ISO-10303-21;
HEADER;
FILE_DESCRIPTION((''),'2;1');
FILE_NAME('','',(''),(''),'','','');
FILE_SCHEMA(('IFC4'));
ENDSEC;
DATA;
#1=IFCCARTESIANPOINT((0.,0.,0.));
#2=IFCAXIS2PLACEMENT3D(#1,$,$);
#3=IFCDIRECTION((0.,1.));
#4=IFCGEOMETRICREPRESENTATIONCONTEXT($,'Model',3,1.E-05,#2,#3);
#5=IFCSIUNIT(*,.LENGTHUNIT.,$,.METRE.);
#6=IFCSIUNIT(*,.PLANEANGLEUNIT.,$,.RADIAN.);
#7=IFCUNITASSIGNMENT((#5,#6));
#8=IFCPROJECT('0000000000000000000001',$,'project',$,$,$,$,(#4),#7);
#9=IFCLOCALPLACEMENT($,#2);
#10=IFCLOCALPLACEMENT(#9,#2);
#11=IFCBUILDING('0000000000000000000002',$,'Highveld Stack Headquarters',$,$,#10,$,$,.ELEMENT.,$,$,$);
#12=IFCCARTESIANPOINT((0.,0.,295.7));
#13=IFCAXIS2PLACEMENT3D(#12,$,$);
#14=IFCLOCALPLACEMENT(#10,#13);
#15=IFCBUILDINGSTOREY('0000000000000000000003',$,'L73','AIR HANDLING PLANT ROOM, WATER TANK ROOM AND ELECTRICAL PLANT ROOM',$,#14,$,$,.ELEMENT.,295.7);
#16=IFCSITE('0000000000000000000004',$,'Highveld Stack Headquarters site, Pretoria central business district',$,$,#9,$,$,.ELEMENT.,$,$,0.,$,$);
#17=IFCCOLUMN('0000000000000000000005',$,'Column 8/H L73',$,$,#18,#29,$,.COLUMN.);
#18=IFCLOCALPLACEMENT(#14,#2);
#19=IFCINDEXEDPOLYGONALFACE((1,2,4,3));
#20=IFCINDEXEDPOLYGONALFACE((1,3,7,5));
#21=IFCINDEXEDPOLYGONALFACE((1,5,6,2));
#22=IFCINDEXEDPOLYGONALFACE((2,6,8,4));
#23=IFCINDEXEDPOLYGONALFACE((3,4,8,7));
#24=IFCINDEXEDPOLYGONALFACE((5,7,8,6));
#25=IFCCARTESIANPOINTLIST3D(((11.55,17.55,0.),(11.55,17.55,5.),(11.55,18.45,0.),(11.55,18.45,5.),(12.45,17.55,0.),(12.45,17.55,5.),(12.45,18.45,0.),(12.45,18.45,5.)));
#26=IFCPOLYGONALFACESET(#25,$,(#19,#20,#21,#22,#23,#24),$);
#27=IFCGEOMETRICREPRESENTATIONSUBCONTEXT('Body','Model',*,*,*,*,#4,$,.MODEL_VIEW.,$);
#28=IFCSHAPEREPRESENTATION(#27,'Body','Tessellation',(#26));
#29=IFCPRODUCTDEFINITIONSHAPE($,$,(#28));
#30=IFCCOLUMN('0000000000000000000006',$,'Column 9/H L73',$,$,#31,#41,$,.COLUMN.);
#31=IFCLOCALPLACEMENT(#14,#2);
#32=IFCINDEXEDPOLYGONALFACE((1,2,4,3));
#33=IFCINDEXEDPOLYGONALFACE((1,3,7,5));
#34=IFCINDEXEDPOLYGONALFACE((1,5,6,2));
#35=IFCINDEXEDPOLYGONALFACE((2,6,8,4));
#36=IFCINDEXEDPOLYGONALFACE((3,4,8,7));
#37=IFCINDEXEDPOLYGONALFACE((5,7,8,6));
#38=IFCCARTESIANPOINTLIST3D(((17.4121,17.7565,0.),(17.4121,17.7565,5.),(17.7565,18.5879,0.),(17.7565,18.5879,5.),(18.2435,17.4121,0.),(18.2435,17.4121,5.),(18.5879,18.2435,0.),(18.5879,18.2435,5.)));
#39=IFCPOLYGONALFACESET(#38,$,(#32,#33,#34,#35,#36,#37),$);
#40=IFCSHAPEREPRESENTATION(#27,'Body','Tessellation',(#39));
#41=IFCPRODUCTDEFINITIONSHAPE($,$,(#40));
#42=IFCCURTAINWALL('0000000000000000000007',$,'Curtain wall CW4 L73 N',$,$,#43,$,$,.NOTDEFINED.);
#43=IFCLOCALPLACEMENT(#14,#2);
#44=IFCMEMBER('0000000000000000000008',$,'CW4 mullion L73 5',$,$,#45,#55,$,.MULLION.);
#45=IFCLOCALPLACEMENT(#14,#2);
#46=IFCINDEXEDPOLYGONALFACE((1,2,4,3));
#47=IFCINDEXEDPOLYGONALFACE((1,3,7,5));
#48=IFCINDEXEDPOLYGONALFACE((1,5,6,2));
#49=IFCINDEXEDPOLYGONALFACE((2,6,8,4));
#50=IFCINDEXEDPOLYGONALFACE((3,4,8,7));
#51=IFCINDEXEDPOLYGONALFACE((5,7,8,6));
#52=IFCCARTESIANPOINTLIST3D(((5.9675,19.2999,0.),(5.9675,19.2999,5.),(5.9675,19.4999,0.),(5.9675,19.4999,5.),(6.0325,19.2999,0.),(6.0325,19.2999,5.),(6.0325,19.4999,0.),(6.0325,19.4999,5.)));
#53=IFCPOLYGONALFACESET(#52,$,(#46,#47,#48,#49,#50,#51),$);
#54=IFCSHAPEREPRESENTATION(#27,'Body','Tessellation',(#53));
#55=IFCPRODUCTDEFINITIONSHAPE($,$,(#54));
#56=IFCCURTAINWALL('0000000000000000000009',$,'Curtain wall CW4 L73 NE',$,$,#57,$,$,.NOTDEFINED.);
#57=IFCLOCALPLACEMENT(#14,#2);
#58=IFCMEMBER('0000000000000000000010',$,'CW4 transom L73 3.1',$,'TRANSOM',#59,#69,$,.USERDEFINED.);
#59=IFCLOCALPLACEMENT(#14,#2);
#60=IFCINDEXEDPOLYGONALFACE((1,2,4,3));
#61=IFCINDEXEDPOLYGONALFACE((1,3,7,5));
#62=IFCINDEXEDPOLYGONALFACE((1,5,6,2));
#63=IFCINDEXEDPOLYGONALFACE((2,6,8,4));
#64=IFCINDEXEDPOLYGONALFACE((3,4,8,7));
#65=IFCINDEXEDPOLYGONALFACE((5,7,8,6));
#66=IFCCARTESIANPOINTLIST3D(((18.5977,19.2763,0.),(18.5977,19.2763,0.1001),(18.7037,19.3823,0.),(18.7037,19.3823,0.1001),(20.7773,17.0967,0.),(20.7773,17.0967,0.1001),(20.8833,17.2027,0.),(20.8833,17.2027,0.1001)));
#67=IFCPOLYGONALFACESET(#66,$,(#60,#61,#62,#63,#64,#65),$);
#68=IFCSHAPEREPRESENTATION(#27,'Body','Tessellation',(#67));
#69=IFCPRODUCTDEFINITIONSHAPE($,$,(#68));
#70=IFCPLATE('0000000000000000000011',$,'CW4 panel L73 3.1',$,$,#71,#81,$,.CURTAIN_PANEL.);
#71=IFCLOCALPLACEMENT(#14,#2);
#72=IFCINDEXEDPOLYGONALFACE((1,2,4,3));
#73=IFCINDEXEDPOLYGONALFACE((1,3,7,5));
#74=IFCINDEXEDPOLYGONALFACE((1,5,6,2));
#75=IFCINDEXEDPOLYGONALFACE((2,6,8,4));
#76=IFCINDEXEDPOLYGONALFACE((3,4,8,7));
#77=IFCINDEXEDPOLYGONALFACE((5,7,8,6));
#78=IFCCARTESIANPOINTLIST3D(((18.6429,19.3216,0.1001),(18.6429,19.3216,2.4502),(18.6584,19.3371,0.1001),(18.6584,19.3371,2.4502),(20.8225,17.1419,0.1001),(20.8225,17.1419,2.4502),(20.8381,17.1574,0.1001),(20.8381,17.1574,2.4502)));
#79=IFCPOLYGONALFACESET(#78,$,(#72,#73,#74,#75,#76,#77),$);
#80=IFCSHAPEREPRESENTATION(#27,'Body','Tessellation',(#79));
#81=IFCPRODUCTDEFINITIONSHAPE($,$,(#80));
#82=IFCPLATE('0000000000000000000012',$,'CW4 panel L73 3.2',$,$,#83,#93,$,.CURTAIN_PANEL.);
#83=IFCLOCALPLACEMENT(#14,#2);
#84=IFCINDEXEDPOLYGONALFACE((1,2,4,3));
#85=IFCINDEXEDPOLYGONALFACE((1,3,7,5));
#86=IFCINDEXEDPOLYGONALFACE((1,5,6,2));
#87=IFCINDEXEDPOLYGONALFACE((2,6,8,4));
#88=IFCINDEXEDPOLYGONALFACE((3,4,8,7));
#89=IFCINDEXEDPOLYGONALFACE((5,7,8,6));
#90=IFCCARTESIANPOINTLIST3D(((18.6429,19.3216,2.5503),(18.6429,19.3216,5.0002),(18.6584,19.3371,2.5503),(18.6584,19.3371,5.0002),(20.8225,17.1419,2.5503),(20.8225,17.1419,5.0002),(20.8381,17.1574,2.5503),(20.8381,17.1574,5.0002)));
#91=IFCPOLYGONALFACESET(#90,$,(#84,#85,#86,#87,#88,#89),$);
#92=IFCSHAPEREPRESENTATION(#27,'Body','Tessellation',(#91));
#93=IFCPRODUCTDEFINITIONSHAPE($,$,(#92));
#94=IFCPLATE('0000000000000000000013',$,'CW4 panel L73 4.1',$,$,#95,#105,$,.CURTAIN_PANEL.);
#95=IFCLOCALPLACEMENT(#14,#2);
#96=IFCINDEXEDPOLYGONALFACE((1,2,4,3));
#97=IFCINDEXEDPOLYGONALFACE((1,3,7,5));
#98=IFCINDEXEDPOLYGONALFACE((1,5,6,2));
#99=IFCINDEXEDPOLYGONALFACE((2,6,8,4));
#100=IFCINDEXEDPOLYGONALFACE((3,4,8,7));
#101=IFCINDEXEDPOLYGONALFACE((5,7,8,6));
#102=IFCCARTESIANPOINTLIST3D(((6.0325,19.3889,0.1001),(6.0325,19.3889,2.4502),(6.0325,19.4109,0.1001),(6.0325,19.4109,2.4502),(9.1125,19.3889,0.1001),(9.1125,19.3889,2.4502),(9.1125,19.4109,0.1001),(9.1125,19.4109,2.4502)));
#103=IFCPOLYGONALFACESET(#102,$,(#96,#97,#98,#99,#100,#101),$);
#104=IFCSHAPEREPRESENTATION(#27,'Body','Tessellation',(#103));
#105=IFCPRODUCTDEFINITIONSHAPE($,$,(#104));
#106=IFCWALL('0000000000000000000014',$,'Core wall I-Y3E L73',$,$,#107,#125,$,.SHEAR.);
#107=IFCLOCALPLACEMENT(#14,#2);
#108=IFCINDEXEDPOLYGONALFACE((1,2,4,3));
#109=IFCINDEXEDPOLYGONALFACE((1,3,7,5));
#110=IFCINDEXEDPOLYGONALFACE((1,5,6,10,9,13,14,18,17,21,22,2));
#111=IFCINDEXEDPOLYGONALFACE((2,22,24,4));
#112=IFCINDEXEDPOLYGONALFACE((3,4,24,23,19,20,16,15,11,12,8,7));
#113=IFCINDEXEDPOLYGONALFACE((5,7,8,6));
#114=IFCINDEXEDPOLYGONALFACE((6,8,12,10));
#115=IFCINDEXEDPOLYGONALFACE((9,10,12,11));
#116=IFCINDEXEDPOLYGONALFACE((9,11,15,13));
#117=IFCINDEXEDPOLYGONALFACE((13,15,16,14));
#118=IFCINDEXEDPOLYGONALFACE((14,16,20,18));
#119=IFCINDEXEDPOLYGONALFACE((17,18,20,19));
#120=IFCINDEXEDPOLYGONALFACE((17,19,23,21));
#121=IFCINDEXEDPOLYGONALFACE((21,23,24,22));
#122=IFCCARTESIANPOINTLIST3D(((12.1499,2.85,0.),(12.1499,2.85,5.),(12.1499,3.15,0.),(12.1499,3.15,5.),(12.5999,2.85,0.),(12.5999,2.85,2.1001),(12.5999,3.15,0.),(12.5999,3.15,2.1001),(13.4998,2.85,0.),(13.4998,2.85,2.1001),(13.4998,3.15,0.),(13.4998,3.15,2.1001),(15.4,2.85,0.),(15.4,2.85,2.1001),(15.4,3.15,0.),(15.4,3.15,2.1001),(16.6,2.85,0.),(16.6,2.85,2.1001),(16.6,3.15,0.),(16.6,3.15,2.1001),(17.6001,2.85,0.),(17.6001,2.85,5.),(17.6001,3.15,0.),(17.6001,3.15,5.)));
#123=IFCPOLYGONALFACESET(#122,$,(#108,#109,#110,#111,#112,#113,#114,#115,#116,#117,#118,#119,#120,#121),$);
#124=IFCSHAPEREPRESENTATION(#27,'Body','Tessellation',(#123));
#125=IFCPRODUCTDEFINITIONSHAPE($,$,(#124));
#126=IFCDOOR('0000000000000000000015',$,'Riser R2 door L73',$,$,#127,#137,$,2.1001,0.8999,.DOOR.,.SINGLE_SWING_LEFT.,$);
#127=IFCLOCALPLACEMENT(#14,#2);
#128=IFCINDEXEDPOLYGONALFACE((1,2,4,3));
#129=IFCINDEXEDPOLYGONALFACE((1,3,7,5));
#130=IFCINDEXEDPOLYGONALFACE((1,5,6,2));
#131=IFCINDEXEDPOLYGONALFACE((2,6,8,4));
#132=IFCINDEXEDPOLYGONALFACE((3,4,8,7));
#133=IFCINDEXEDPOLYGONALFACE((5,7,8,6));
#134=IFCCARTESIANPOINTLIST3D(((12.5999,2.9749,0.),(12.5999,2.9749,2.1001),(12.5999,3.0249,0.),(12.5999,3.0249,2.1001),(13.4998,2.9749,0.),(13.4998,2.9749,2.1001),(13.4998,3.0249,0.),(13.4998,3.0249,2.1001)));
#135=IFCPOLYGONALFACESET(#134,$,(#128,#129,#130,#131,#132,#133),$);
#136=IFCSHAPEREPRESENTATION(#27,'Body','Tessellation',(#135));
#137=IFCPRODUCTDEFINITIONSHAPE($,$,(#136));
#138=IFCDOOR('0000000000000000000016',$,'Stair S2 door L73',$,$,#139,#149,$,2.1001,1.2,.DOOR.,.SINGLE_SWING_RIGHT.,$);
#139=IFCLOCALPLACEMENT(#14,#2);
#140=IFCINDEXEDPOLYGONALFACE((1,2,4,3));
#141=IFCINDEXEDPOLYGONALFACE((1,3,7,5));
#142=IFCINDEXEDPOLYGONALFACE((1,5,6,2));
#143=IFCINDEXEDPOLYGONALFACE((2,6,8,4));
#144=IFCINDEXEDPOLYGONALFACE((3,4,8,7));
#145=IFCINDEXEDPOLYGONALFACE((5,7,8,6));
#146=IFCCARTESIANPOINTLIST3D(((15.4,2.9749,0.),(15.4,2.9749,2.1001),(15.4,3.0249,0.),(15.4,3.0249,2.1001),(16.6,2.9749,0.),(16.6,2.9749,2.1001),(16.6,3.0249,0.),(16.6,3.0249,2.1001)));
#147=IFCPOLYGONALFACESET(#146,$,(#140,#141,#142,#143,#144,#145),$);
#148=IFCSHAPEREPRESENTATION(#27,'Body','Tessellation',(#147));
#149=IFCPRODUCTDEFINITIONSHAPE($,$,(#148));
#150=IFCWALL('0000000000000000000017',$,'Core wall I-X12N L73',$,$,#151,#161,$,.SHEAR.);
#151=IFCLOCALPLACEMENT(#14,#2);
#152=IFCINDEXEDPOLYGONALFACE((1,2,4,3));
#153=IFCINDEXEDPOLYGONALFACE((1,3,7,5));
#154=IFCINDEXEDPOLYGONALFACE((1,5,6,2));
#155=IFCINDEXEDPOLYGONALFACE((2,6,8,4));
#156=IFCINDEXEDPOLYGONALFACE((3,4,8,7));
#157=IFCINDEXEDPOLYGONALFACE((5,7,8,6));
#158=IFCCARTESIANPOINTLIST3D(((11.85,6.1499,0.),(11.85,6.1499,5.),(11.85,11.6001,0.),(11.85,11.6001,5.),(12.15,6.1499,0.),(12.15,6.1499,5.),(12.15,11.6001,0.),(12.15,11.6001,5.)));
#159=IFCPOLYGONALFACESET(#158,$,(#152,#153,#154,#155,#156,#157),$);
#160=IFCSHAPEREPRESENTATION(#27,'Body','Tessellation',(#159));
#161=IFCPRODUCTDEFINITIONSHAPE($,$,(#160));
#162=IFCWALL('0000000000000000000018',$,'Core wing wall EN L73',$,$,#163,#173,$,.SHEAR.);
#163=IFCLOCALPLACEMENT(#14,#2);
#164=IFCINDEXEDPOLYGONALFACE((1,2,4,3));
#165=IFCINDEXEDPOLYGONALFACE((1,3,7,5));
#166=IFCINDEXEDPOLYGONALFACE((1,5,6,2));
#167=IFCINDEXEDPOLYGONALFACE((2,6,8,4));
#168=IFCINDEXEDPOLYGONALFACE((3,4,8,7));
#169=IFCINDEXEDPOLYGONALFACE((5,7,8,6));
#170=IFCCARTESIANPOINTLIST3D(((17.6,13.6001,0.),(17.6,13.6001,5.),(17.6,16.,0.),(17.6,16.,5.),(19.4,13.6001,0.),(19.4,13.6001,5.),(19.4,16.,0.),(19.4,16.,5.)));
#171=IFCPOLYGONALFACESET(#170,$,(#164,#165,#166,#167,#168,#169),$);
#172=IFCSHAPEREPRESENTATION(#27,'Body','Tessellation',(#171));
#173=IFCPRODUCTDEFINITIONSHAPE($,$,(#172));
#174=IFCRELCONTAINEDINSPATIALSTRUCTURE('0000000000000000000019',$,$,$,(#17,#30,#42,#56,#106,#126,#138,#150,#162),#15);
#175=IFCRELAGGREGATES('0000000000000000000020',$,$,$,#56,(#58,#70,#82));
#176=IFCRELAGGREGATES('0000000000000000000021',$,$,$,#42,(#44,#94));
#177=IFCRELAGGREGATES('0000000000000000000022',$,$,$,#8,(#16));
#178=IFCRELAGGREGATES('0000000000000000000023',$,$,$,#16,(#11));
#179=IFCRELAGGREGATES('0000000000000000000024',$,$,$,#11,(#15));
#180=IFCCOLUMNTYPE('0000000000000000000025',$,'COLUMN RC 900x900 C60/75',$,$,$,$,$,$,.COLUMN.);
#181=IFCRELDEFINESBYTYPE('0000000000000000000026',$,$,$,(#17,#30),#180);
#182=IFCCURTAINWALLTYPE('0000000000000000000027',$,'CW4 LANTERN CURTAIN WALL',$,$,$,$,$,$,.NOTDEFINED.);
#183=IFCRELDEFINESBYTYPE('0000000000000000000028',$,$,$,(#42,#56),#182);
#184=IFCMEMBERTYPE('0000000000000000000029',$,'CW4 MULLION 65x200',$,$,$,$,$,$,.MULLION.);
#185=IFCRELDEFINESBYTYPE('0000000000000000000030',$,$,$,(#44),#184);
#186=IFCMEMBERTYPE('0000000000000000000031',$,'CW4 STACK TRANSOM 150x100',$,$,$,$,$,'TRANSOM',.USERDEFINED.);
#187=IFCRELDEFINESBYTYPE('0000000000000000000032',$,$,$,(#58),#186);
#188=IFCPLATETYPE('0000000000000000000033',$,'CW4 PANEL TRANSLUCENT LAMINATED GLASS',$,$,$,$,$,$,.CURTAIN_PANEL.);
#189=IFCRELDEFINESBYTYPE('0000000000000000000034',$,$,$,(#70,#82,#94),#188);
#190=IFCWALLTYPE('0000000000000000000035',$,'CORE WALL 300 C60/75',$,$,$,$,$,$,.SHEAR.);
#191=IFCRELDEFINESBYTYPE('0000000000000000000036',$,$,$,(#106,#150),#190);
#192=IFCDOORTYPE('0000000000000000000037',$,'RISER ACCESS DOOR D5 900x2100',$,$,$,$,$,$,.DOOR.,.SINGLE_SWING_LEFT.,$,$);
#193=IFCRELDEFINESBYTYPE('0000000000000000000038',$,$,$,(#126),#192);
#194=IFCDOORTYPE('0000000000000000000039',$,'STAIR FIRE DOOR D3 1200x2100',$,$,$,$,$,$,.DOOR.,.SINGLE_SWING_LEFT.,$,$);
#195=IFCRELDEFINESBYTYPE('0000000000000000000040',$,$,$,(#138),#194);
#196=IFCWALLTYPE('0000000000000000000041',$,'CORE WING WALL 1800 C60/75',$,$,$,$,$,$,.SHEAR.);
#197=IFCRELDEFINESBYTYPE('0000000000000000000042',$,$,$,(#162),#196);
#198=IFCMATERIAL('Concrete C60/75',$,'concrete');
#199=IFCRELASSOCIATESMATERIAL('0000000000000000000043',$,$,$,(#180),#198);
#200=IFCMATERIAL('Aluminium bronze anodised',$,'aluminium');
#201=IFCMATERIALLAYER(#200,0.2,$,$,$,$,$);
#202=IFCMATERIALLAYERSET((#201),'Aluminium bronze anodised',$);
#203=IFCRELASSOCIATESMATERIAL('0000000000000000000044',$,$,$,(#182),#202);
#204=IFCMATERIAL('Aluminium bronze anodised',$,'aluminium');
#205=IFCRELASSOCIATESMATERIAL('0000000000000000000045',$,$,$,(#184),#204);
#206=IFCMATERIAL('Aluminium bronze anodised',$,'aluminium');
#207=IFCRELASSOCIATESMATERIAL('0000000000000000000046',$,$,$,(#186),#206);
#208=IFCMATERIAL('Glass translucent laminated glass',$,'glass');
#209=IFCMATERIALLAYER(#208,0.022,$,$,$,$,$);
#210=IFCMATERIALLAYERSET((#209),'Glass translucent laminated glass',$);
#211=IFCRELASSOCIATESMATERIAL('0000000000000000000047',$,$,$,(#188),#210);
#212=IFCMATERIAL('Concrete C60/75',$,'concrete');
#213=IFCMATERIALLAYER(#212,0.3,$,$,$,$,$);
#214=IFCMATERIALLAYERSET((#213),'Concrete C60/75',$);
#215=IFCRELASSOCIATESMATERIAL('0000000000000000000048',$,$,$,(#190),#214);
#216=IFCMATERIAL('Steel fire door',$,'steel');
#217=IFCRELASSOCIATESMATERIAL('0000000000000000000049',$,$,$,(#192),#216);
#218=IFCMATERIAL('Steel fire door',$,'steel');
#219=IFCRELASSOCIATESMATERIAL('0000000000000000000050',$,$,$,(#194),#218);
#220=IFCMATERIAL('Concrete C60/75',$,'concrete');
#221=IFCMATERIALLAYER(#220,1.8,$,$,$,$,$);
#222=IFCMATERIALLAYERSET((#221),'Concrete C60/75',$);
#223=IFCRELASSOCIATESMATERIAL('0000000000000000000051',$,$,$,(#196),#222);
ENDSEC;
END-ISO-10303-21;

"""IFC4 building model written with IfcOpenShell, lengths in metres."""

from ifc_helpers import new_model, si_unit, direction, frame, frame_2d, origin, origin_2d, place, context, subcontext, project, spatial, rectangle, extrude, material, layer, layer_set, material_profile, profile_set, type_object, element, fill, aggregate, save


model = new_model("IFC4")

# Units and contexts
model_context = context("Model", 3, precision=1e-05, world=origin(), true_north=direction((0.0, 1.0)))
body_context = subcontext(model_context, "Body", "Model", "MODEL_VIEW")
ifc_project = project(units=[si_unit("LENGTHUNIT", "METRE"), si_unit("PLANEANGLEUNIT", "RADIAN")], contexts=[model_context])

# Site, building, storey
site_placement = place(None, origin())
site = spatial("IfcSite", under=ifc_project, at=site_placement, Name="Highveld Stack Headquarters site, Pretoria central business district", CompositionType="ELEMENT", RefElevation=0.0)
building_placement = place(site_placement, origin())
building = spatial("IfcBuilding", under=site, at=building_placement, Name="Highveld Stack Headquarters", CompositionType="ELEMENT")
storey_placement = place(building_placement, frame((0.0, 0.0, 295.7)))
storey = spatial("IfcBuildingStorey", under=building, at=storey_placement, Name="L73", Description="AIR HANDLING PLANT ROOM, WATER TANK ROOM AND ELECTRICAL PLANT ROOM", CompositionType="ELEMENT", Elevation=295.7)

# Columns
ifc_material_1 = material(Name="Concrete C60/75", Category="concrete")
ifc_material_profile_1 = material_profile(ifc_material_1, rectangle(XDim=0.8999, YDim=0.8999, at=origin_2d()), Name="RC 900x900")
ifc_profile_set_1 = profile_set([ifc_material_profile_1], Name="Concrete C60/75")
column_type = type_object("IfcColumnType", Name="COLUMN RC 900x900 C60/75", PredefinedType="COLUMN", material=ifc_profile_set_1)
for number, where, z_axis, x_axis, name in (
    (1, (12.0, 18.0, 0.0), (0.0, 0.0, 1.0), (1.0, 0.0, 0.0), "Column 8/H L73"),
    (2, (18.0, 18.0, 0.0), (0.0, 0.0, 1.0), (0.92388, -0.382683, 0.0), "Column 9/H L73"),
):
    element("IfcColumn", number, at=place(storey_placement, frame(where, z_axis=z_axis, x_axis=x_axis)), inside=storey, type_object=column_type, Name=name, PredefinedType="COLUMN", context=body_context, shape_type="SweptSolid", body=[
        extrude(rectangle(XDim=0.8999, YDim=0.8999, at=origin_2d()), origin(), (0.0, 0.0, 1.0), 5.0),
    ])

# Curtain wall, member
ifc_material_2 = material(Name="Aluminium bronze anodised", Category="aluminium")
ifc_layer_1 = layer(ifc_material_2, 0.2)
ifc_layer_set_1 = layer_set([ifc_layer_1], Name="Aluminium bronze anodised")
curtain_wall_type = type_object("IfcCurtainWallType", Name="CW4 LANTERN CURTAIN WALL", PredefinedType="NOTDEFINED", material=ifc_layer_set_1)
curtain_wall_1_placement = place(storey_placement, origin())
curtain_wall_1 = element("IfcCurtainWall", 3, at=curtain_wall_1_placement, inside=storey, type_object=curtain_wall_type, Name="Curtain wall CW4 L73 N", PredefinedType="NOTDEFINED")
ifc_material_3 = material(Name="Aluminium bronze anodised", Category="aluminium")
ifc_material_profile_2 = material_profile(ifc_material_3, rectangle(XDim=0.2, YDim=0.0649, at=origin_2d()), Name="CW4 MULLION 65x200")
ifc_profile_set_2 = profile_set([ifc_material_profile_2], Name="Aluminium bronze anodised")
member_type_1 = type_object("IfcMemberType", Name="CW4 MULLION 65x200", PredefinedType="MULLION", material=ifc_profile_set_2)
member_1_placement = place(storey_placement, frame((6.0, 19.3999, 0.0), z_axis=(0.0, 0.0, 1.0), x_axis=(0.0, -1.0, 0.0)))
member_1 = element("IfcMember", 4, at=member_1_placement, type_object=member_type_1, Name="CW4 mullion L73 5", PredefinedType="MULLION", context=body_context, shape_type="SweptSolid", body=[
    extrude(rectangle(XDim=0.2, YDim=0.0649, at=origin_2d()), origin(), (0.0, 0.0, 1.0), 5.0),
])

# Curtain wall, member, plates
curtain_wall_2_placement = place(storey_placement, origin())
curtain_wall_2 = element("IfcCurtainWall", 5, at=curtain_wall_2_placement, inside=storey, type_object=curtain_wall_type, Name="Curtain wall CW4 L73 NE", PredefinedType="NOTDEFINED")
ifc_material_4 = material(Name="Aluminium bronze anodised", Category="aluminium")
ifc_material_profile_3 = material_profile(ifc_material_4, rectangle(XDim=0.1499, YDim=0.1001, at=origin_2d()), Name="CW4 TRANSOM 150x100")
ifc_profile_set_3 = profile_set([ifc_material_profile_3], Name="Aluminium bronze anodised")
member_type_2 = type_object("IfcMemberType", Name="CW4 STACK TRANSOM 150x100", ElementType="TRANSOM", PredefinedType="USERDEFINED", material=ifc_profile_set_3)
member_2_placement = place(storey_placement, frame((20.8303, 17.1497, 0.05), z_axis=(-0.707107, 0.707107, 0.0), x_axis=(-0.707107, -0.707107, 0.0)))
member_2 = element("IfcMember", 6, at=member_2_placement, type_object=member_type_2, Name="CW4 transom L73 3.1", ObjectType="TRANSOM", PredefinedType="USERDEFINED", context=body_context, shape_type="SweptSolid", body=[
    extrude(rectangle(XDim=0.1499, YDim=0.1001, at=origin_2d()), origin(), (0.0, 0.0, 1.0), 3.0825),
])
ifc_material_5 = material(Name="Glass translucent laminated glass", Category="glass")
ifc_layer_2 = layer(ifc_material_5, 0.022)
ifc_layer_set_2 = layer_set([ifc_layer_2], Name="Glass translucent laminated glass")
plate_type = type_object("IfcPlateType", Name="CW4 PANEL TRANSLUCENT LAMINATED GLASS", PredefinedType="CURTAIN_PANEL", material=ifc_layer_set_2)
plate_1_placement = place(storey_placement, frame((19.7405, 18.2395, 0.1001), z_axis=(0.0, 0.0, 1.0), x_axis=(-0.707107, 0.707107, 0.0)))
plate_1 = element("IfcPlate", 7, at=plate_1_placement, type_object=plate_type, Name="CW4 panel L73 3.1", PredefinedType="CURTAIN_PANEL", context=body_context, shape_type="SweptSolid", body=[
    extrude(rectangle(XDim=3.0825, YDim=0.022, at=origin_2d()), origin(), (0.0, 0.0, 1.0), 2.3501),
])
plate_2_placement = place(storey_placement, frame((19.7405, 18.2395, 2.5503), z_axis=(0.0, 0.0, 1.0), x_axis=(-0.707107, 0.707107, 0.0)))
plate_2 = element("IfcPlate", 8, at=plate_2_placement, type_object=plate_type, Name="CW4 panel L73 3.2", PredefinedType="CURTAIN_PANEL", context=body_context, shape_type="SweptSolid", body=[
    extrude(rectangle(XDim=3.0825, YDim=0.022, at=origin_2d()), origin(), (0.0, 0.0, 1.0), 2.45),
])
aggregate(curtain_wall_2, [member_2, plate_1, plate_2])

# Plate
plate_3_placement = place(storey_placement, frame((7.5725, 19.3999, 0.1001), z_axis=(0.0, 0.0, 1.0), x_axis=(-1.0, 0.0, 0.0)))
plate_3 = element("IfcPlate", 9, at=plate_3_placement, type_object=plate_type, Name="CW4 panel L73 4.1", PredefinedType="CURTAIN_PANEL", context=body_context, shape_type="SweptSolid", body=[
    extrude(rectangle(XDim=3.0801, YDim=0.022, at=origin_2d()), origin(), (0.0, 0.0, 1.0), 2.3501),
])
aggregate(curtain_wall_1, [member_1, plate_3])

# Wall, openings, doors
ifc_material_6 = material(Name="Concrete C60/75", Category="concrete")
ifc_layer_3 = layer(ifc_material_6, 0.3)
ifc_layer_set_3 = layer_set([ifc_layer_3], Name="Concrete C60/75")
wall_type_1 = type_object("IfcWallType", Name="CORE WALL 300 C60/75", PredefinedType="SHEAR", material=ifc_layer_set_3)
wall_1_placement = place(storey_placement, frame((12.1499, 3.0, 0.0), z_axis=(0.0, 0.0, 1.0), x_axis=(1.0, 0.0, 0.0)))
wall_1 = element("IfcWall", 10, at=wall_1_placement, inside=storey, type_object=wall_type_1, Name="Core wall I-Y3E L73", PredefinedType="SHEAR", context=body_context, shape_type="SweptSolid", body=[
    extrude(rectangle(XDim=5.4502, YDim=0.3, at=frame_2d((2.7251, 0.0))), origin(), (0.0, 0.0, 1.0), 5.0),
])
opening_1_placement = place(wall_1_placement, frame((3.25, 0.0, 0.0)))
opening_1 = element("IfcOpeningElement", 11, at=opening_1_placement, cuts=wall_1, PredefinedType="OPENING", context=body_context, shape_type="SweptSolid", body=[
    extrude(rectangle(XDim=1.2, YDim=2.1001, at=frame_2d((0.6001, 1.05))), frame((0.0, 0.1599, 0.0), z_axis=(0.0, -1.0, 0.0), x_axis=(1.0, 0.0, 0.0)), (0.0, 0.0, 1.0), 0.3201),
])
opening_2_placement = place(wall_1_placement, frame((0.45, 0.0, 0.0)))
opening_2 = element("IfcOpeningElement", 12, at=opening_2_placement, cuts=wall_1, PredefinedType="OPENING", context=body_context, shape_type="SweptSolid", body=[
    extrude(rectangle(XDim=0.8999, YDim=2.1001, at=frame_2d((0.45, 1.05))), frame((0.0, 0.1599, 0.0), z_axis=(0.0, -1.0, 0.0), x_axis=(1.0, 0.0, 0.0)), (0.0, 0.0, 1.0), 0.3201),
])
ifc_material_7 = material(Name="Steel fire door", Category="steel")
door_type_1 = type_object("IfcDoorType", Name="RISER ACCESS DOOR D5 900x2100", OperationType="SINGLE_SWING_LEFT", PredefinedType="DOOR", material=ifc_material_7)
door_1_placement = place(opening_2_placement, origin())
door_1 = element("IfcDoor", 13, at=door_1_placement, inside=storey, type_object=door_type_1, Name="Riser R2 door L73", OperationType="SINGLE_SWING_LEFT", OverallHeight=2.1001, OverallWidth=0.8999, PredefinedType="DOOR", context=body_context, shape_type="SweptSolid", body=[
    extrude(rectangle(XDim=0.8999, YDim=2.1001, at=frame_2d((0.45, 1.05))), frame((0.0, 0.0249, 0.0), z_axis=(0.0, -1.0, 0.0), x_axis=(1.0, 0.0, 0.0)), (0.0, 0.0, 1.0), 0.05),
])
fill(opening_2, door_1)
ifc_material_8 = material(Name="Steel fire door", Category="steel")
door_type_2 = type_object("IfcDoorType", Name="STAIR FIRE DOOR D3 1200x2100", OperationType="SINGLE_SWING_LEFT", PredefinedType="DOOR", material=ifc_material_8)
door_2_placement = place(opening_1_placement, origin())
door_2 = element("IfcDoor", 14, at=door_2_placement, inside=storey, type_object=door_type_2, Name="Stair S2 door L73", OperationType="SINGLE_SWING_RIGHT", OverallHeight=2.1001, OverallWidth=1.2, PredefinedType="DOOR", context=body_context, shape_type="SweptSolid", body=[
    extrude(rectangle(XDim=1.2, YDim=2.1001, at=frame_2d((0.6001, 1.05))), frame((0.0, 0.0249, 0.0), z_axis=(0.0, -1.0, 0.0), x_axis=(1.0, 0.0, 0.0)), (0.0, 0.0, 1.0), 0.05),
])
fill(opening_1, door_2)

# Walls
wall_2_placement = place(storey_placement, frame((12.0, 6.1499, 0.0), z_axis=(0.0, 0.0, 1.0), x_axis=(0.0, 1.0, 0.0)))
element("IfcWall", 15, at=wall_2_placement, inside=storey, type_object=wall_type_1, Name="Core wall I-X12N L73", PredefinedType="SHEAR", context=body_context, shape_type="SweptSolid", body=[
    extrude(rectangle(XDim=5.4502, YDim=0.3, at=frame_2d((2.7251, 0.0))), origin(), (0.0, 0.0, 1.0), 5.0),
])
ifc_material_9 = material(Name="Concrete C60/75", Category="concrete")
ifc_layer_4 = layer(ifc_material_9, 1.8)
ifc_layer_set_4 = layer_set([ifc_layer_4], Name="Concrete C60/75")
wall_type_2 = type_object("IfcWallType", Name="CORE WING WALL 1800 C60/75", PredefinedType="SHEAR", material=ifc_layer_set_4)
wall_3_placement = place(storey_placement, frame((18.5, 13.6001, 0.0), z_axis=(0.0, 0.0, 1.0), x_axis=(0.0, 1.0, 0.0)))
element("IfcWall", 16, at=wall_3_placement, inside=storey, type_object=wall_type_2, Name="Core wing wall EN L73", PredefinedType="SHEAR", context=body_context, shape_type="SweptSolid", body=[
    extrude(rectangle(XDim=2.3999, YDim=1.8, at=frame_2d((1.2, 0.0))), origin(), (0.0, 0.0, 1.0), 5.0),
])

save(model, "model.ifc")
